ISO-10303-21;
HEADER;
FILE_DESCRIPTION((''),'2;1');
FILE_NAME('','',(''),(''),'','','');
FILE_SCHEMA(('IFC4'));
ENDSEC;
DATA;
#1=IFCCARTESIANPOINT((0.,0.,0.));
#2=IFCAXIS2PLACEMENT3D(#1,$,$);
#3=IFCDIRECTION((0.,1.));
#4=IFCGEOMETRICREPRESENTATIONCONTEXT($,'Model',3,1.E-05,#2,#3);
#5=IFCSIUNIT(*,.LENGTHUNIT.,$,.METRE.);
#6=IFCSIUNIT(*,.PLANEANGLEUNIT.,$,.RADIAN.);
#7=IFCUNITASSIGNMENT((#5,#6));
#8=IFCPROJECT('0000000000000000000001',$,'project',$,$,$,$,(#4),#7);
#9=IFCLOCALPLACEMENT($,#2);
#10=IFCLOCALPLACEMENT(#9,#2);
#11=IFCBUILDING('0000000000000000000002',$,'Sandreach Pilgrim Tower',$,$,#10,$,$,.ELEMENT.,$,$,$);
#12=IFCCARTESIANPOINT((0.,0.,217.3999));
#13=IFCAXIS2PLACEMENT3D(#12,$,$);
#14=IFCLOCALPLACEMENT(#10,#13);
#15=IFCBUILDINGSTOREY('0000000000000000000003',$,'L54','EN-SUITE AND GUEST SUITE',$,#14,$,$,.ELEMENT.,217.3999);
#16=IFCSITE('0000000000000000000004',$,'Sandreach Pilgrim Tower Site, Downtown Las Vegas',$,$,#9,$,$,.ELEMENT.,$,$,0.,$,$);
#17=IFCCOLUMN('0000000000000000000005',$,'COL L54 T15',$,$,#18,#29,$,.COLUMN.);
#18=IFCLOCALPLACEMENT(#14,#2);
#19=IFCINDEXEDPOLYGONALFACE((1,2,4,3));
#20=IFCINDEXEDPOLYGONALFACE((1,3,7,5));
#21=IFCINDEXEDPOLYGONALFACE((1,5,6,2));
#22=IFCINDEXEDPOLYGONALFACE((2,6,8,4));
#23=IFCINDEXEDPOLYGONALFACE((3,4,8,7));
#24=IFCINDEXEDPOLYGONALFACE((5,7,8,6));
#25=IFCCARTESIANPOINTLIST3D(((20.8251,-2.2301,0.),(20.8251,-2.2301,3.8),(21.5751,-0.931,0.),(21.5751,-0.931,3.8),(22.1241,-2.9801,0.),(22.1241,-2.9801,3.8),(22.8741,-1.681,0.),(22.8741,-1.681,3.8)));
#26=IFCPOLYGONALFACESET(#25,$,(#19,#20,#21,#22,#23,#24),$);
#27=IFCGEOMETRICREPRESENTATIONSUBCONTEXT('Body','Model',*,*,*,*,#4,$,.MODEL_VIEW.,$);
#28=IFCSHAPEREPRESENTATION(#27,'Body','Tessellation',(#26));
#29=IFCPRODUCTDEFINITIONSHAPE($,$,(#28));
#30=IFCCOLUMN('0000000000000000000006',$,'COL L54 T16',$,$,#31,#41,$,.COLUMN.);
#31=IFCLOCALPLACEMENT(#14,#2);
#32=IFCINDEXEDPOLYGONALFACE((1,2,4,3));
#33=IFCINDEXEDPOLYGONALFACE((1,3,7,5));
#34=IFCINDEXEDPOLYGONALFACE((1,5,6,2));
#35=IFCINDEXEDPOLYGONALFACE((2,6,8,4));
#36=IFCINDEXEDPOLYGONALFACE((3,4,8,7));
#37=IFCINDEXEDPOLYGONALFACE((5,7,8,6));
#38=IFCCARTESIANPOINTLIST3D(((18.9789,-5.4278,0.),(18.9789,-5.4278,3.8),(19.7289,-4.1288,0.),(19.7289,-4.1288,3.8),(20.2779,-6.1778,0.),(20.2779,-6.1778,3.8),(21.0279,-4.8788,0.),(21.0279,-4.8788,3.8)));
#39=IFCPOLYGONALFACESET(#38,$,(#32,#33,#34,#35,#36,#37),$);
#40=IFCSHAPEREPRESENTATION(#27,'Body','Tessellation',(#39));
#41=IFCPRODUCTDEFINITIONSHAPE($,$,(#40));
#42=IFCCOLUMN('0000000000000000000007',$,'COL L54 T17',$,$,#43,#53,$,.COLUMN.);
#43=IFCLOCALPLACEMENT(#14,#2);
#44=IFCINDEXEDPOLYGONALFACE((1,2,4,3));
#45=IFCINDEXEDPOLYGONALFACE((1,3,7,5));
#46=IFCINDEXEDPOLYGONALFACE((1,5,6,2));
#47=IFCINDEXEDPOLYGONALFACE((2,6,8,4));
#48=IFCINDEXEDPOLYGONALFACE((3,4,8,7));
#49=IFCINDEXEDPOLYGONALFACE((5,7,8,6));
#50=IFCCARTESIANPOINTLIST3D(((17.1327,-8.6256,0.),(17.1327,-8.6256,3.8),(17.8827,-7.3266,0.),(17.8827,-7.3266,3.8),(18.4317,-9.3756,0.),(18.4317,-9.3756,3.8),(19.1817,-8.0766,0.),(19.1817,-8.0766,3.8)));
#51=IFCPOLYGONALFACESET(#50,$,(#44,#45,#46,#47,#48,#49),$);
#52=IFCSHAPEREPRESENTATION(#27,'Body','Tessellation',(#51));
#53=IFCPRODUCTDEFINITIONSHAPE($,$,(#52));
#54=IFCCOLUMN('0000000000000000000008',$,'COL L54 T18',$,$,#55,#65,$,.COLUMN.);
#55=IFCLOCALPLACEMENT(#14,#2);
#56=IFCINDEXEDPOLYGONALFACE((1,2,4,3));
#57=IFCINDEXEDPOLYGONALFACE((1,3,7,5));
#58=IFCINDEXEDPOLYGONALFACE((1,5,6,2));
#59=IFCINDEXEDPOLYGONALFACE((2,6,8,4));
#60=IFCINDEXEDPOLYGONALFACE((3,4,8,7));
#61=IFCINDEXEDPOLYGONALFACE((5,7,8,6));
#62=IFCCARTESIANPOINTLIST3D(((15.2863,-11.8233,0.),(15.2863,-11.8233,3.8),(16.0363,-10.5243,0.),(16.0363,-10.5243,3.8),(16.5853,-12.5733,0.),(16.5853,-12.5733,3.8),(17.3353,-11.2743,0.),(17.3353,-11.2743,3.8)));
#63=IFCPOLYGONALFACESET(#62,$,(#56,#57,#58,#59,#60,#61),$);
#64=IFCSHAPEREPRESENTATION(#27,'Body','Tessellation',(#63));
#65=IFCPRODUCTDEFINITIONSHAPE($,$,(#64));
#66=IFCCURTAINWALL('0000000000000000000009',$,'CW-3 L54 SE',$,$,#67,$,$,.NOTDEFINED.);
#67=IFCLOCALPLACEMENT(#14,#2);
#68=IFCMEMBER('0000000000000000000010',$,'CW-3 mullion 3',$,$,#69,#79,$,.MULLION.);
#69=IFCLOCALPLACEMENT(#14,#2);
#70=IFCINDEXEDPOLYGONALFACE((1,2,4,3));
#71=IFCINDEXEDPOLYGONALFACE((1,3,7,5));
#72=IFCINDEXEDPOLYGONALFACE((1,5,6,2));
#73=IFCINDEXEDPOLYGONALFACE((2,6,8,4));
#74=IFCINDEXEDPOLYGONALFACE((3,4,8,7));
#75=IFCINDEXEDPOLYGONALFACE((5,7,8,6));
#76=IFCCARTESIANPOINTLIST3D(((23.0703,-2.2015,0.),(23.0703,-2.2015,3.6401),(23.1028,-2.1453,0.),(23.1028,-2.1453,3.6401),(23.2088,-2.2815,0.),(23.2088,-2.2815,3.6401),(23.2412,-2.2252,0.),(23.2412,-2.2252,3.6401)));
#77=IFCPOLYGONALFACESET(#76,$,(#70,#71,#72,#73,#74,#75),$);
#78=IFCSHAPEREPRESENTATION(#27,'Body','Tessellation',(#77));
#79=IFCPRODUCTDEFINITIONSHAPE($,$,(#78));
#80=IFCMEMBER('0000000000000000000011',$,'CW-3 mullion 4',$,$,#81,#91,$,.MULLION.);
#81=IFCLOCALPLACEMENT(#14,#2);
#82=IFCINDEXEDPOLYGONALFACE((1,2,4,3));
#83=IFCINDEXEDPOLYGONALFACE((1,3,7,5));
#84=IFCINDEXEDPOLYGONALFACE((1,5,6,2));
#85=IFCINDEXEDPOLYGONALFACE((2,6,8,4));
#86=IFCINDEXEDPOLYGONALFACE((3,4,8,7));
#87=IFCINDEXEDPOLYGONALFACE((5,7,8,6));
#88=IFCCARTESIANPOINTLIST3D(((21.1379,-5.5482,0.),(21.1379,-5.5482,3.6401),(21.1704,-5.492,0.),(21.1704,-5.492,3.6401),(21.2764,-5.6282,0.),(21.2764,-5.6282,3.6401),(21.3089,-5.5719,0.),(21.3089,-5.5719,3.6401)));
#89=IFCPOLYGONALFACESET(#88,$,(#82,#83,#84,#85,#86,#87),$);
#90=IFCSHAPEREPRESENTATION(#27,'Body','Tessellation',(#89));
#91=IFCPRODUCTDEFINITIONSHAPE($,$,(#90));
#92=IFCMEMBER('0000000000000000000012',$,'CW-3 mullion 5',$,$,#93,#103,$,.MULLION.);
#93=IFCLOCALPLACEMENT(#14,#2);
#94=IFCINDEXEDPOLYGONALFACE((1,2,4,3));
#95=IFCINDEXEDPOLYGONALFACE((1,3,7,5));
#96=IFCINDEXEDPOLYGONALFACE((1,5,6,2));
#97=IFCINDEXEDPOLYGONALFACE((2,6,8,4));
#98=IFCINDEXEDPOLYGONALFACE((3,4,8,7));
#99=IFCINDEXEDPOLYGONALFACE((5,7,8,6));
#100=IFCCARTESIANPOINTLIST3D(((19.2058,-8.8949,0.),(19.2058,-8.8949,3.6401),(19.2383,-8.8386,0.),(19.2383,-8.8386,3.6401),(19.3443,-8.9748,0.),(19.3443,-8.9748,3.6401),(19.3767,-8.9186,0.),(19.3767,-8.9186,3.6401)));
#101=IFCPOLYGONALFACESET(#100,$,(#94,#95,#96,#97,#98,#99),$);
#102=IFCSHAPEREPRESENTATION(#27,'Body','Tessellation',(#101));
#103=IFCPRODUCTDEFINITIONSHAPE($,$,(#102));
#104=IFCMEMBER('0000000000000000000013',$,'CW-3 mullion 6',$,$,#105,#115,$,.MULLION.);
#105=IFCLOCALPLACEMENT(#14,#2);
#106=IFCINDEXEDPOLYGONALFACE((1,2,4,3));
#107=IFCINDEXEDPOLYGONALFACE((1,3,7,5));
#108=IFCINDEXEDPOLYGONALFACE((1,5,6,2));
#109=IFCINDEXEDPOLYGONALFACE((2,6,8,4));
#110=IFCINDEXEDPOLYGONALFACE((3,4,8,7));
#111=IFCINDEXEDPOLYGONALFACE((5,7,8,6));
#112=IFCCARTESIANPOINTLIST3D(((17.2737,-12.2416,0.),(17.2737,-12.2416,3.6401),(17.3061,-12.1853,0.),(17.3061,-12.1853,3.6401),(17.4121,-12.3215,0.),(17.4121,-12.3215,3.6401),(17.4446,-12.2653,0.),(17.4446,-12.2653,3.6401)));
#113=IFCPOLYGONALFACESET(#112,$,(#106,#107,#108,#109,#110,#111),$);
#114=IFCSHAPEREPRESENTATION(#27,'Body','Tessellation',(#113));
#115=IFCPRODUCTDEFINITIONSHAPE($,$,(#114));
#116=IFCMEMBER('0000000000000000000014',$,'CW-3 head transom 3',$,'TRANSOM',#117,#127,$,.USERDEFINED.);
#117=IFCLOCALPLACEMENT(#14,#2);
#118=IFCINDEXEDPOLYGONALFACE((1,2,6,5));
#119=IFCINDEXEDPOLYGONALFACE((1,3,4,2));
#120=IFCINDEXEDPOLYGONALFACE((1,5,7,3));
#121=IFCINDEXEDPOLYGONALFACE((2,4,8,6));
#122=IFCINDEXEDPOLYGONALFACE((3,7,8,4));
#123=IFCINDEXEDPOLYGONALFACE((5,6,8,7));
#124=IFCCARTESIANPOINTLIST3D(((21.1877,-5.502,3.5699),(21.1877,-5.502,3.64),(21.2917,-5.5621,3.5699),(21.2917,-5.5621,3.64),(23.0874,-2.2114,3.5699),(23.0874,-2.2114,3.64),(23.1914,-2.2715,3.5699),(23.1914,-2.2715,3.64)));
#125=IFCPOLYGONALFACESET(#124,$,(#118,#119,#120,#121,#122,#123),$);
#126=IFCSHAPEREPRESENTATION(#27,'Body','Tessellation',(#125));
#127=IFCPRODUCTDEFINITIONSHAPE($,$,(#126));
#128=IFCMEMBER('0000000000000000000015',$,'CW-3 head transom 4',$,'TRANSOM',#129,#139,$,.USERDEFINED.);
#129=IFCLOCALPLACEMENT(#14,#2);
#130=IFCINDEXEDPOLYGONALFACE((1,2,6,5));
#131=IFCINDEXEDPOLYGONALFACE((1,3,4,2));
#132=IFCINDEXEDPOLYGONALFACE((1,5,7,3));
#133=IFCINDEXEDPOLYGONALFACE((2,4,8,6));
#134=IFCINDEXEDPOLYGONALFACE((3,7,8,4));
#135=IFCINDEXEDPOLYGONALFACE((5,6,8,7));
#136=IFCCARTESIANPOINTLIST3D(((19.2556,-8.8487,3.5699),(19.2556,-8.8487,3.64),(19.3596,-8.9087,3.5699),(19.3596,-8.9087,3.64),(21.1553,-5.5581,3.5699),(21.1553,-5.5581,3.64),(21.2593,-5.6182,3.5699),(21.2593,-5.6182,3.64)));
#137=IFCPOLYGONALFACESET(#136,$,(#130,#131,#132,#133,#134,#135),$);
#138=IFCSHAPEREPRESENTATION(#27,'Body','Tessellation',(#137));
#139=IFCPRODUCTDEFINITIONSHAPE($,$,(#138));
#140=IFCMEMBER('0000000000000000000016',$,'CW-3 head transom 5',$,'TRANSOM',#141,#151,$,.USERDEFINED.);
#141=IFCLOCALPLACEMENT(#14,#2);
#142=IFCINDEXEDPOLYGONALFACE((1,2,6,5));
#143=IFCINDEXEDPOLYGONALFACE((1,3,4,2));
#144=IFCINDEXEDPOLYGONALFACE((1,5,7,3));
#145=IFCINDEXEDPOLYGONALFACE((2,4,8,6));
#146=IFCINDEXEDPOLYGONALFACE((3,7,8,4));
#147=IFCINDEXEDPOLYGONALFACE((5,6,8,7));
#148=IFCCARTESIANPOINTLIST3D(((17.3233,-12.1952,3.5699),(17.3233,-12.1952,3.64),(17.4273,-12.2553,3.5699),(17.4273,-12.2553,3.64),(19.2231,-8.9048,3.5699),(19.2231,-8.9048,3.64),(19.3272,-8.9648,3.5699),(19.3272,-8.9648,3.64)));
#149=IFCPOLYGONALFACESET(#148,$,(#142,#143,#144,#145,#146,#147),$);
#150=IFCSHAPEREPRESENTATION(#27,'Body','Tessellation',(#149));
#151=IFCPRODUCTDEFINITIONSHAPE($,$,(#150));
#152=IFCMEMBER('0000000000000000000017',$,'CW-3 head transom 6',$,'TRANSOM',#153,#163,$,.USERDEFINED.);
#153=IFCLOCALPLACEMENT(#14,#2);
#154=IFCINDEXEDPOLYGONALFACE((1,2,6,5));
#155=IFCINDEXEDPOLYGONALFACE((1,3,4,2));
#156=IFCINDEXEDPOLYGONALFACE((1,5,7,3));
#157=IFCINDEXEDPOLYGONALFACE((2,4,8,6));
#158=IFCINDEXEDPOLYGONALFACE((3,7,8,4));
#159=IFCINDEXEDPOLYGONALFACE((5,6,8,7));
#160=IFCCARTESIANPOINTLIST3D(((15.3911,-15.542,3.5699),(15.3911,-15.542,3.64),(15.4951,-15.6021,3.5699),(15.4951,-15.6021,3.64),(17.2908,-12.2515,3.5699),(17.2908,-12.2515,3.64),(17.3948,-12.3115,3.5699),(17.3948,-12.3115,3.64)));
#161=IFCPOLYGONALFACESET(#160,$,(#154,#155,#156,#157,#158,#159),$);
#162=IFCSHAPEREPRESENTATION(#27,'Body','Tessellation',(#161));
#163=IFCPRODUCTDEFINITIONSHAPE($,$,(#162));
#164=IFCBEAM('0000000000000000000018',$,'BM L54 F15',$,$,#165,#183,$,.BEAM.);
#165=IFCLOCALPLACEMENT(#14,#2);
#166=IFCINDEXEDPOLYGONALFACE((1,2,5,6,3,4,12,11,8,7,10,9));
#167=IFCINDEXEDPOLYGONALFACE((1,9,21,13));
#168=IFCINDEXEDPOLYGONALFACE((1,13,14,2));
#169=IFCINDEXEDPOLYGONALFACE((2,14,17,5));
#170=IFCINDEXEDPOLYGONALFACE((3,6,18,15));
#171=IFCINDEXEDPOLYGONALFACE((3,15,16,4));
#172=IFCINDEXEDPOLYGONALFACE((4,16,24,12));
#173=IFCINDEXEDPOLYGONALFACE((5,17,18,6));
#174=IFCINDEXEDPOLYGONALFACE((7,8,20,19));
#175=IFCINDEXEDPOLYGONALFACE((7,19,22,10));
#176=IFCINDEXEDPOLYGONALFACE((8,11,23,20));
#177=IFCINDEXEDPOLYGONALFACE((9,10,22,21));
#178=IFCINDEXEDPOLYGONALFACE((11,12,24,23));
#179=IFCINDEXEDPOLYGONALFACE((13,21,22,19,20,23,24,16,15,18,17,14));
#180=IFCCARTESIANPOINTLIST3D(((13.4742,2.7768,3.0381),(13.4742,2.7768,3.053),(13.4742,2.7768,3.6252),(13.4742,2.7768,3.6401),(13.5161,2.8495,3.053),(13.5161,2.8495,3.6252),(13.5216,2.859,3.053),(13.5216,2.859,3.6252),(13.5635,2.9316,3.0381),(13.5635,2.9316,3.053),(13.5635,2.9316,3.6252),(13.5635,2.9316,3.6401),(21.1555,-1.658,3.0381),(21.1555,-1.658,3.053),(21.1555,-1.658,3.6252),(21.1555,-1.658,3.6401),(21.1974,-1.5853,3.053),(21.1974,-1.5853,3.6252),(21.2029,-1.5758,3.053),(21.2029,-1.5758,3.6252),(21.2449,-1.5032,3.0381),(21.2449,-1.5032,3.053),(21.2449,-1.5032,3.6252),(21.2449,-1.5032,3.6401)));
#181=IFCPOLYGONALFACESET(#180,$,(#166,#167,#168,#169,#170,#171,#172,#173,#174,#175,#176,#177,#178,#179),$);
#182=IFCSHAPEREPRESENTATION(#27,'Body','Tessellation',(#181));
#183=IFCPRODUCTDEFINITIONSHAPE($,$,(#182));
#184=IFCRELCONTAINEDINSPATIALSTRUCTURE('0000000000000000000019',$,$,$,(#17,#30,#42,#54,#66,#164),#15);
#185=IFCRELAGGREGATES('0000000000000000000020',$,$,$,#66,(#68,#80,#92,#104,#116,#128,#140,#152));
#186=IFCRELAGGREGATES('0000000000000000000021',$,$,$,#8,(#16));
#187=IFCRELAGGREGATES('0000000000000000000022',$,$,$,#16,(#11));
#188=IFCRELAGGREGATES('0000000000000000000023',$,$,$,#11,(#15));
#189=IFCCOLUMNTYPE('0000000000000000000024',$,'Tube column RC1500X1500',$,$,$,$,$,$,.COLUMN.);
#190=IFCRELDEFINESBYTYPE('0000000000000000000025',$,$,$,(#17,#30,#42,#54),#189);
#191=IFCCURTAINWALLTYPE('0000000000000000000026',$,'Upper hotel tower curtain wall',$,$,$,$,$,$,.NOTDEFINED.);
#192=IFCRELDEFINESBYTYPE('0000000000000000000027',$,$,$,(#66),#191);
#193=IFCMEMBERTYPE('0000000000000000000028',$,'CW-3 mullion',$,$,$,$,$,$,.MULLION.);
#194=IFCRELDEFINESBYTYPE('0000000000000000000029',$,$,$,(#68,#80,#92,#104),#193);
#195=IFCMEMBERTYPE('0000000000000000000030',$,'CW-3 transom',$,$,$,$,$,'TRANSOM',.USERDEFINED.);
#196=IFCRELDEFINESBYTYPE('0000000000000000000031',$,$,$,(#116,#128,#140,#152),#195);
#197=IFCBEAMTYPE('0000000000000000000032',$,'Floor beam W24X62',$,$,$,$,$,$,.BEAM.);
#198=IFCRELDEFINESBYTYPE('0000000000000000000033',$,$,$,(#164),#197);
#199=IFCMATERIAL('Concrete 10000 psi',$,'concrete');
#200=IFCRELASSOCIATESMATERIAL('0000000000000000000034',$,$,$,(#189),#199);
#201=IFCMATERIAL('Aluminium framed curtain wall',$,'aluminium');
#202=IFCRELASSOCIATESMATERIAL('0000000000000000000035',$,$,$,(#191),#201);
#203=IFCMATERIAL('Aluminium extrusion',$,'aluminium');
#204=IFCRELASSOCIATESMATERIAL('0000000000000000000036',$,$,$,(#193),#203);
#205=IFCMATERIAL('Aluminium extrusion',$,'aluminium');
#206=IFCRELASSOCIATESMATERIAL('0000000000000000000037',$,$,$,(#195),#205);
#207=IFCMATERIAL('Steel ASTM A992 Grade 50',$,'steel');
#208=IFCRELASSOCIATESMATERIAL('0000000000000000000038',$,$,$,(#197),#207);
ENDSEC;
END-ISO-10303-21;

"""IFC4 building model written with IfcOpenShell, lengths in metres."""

from ifc_helpers import new_model, si_unit, direction, frame, origin, origin_2d, place, context, subcontext, project, spatial, rectangle, i_section, extrude, material, material_profile, profile_set, type_object, element, aggregate, save


model = new_model("IFC4")

# Units and contexts
model_context = context("Model", 3, precision=1e-05, world=origin(), true_north=direction((0.0, 1.0)))
body_context = subcontext(model_context, "Body", "Model", "MODEL_VIEW")
ifc_project = project(units=[si_unit("LENGTHUNIT", "METRE"), si_unit("PLANEANGLEUNIT", "RADIAN")], contexts=[model_context])

# Site, building, storey
site_placement = place(None, origin())
site = spatial("IfcSite", under=ifc_project, at=site_placement, Name="Sandreach Pilgrim Tower Site, Downtown Las Vegas", CompositionType="ELEMENT", RefElevation=0.0)
building_placement = place(site_placement, origin())
building = spatial("IfcBuilding", under=site, at=building_placement, Name="Sandreach Pilgrim Tower", CompositionType="ELEMENT")
storey_placement = place(building_placement, frame((0.0, 0.0, 217.3999)))
storey = spatial("IfcBuildingStorey", under=building, at=storey_placement, Name="L54", Description="EN-SUITE AND GUEST SUITE", CompositionType="ELEMENT", Elevation=217.3999)

# Columns
ifc_material_1 = material(Name="Concrete 10000 psi", Category="concrete")
ifc_material_profile_1 = material_profile(ifc_material_1, rectangle(XDim=1.5, YDim=1.5, at=origin_2d()), Name="RC1500X1500")
ifc_profile_set_1 = profile_set([ifc_material_profile_1], Name="Concrete 10000 psi")
column_type = type_object("IfcColumnType", Name="Tube column RC1500X1500", PredefinedType="COLUMN", material=ifc_profile_set_1)
for number, where, z_axis, x_axis, name in (
    (1, (21.8496, -1.9556, 0.0), (0.0, 0.0, 1.0), (0.866025, -0.5, 0.0), "COL L54 T15"),
    (2, (20.0034, -5.1533, 0.0), (0.0, 0.0, 1.0), (0.866025, -0.5, 0.0), "COL L54 T16"),
    (3, (18.1572, -8.3511, 0.0), (0.0, 0.0, 1.0), (0.866025, -0.5, 0.0), "COL L54 T17"),
    (4, (16.3108, -11.5488, 0.0), (0.0, 0.0, 1.0), (0.866025, -0.5, 0.0), "COL L54 T18"),
):
    element("IfcColumn", number, at=place(storey_placement, frame(where, z_axis=z_axis, x_axis=x_axis)), inside=storey, type_object=column_type, Name=name, PredefinedType="COLUMN", context=body_context, shape_type="SweptSolid", body=[
        extrude(rectangle(XDim=1.5, YDim=1.5, at=origin_2d()), origin(), (0.0, 0.0, 1.0), 3.8),
    ])

# Curtain wall, members
ifc_material_2 = material(Name="Aluminium framed curtain wall", Category="aluminium")
curtain_wall_type = type_object("IfcCurtainWallType", Name="Upper hotel tower curtain wall", PredefinedType="NOTDEFINED", material=ifc_material_2)
curtain_wall_placement = place(storey_placement, origin())
curtain_wall = element("IfcCurtainWall", 5, at=curtain_wall_placement, inside=storey, type_object=curtain_wall_type, Name="CW-3 L54 SE", PredefinedType="NOTDEFINED")
ifc_material_3 = material(Name="Aluminium extrusion", Category="aluminium")
ifc_material_profile_2 = material_profile(ifc_material_3, rectangle(XDim=0.0649, YDim=0.1599, at=origin_2d()), Name="CW-3M 65X160")
ifc_profile_set_2 = profile_set([ifc_material_profile_2], Name="Aluminium extrusion")
member_type_1 = type_object("IfcMemberType", Name="CW-3 mullion", PredefinedType="MULLION", material=ifc_profile_set_2)
member_1_placement = place(storey_placement, frame((23.1558, -2.2134, 0.0), z_axis=(0.0, 0.0, 1.0), x_axis=(-0.5, -0.866025, 0.0)))
member_1 = element("IfcMember", 6, at=member_1_placement, type_object=member_type_1, Name="CW-3 mullion 3", PredefinedType="MULLION", context=body_context, shape_type="SweptSolid", body=[
    extrude(rectangle(XDim=0.0649, YDim=0.1599, at=origin_2d()), origin(), (0.0, 0.0, 1.0), 3.6401),
])
member_2_placement = place(storey_placement, frame((21.2234, -5.5601, 0.0), z_axis=(0.0, 0.0, 1.0), x_axis=(-0.5, -0.866025, 0.0)))
member_2 = element("IfcMember", 7, at=member_2_placement, type_object=member_type_1, Name="CW-3 mullion 4", PredefinedType="MULLION", context=body_context, shape_type="SweptSolid", body=[
    extrude(rectangle(XDim=0.0649, YDim=0.1599, at=origin_2d()), origin(), (0.0, 0.0, 1.0), 3.6401),
])
member_3_placement = place(storey_placement, frame((19.2913, -8.9067, 0.0), z_axis=(0.0, 0.0, 1.0), x_axis=(-0.5, -0.866025, 0.0)))
member_3 = element("IfcMember", 8, at=member_3_placement, type_object=member_type_1, Name="CW-3 mullion 5", PredefinedType="MULLION", context=body_context, shape_type="SweptSolid", body=[
    extrude(rectangle(XDim=0.0649, YDim=0.1599, at=origin_2d()), origin(), (0.0, 0.0, 1.0), 3.6401),
])
member_4_placement = place(storey_placement, frame((17.3591, -12.2534, 0.0), z_axis=(0.0, 0.0, 1.0), x_axis=(-0.5, -0.866025, 0.0)))
member_4 = element("IfcMember", 9, at=member_4_placement, type_object=member_type_1, Name="CW-3 mullion 6", PredefinedType="MULLION", context=body_context, shape_type="SweptSolid", body=[
    extrude(rectangle(XDim=0.0649, YDim=0.1599, at=origin_2d()), origin(), (0.0, 0.0, 1.0), 3.6401),
])
ifc_material_4 = material(Name="Aluminium extrusion", Category="aluminium")
ifc_material_profile_3 = material_profile(ifc_material_4, rectangle(XDim=0.1201, YDim=0.0701, at=origin_2d()), Name="CW-3T 120X70")
ifc_profile_set_3 = profile_set([ifc_material_profile_3], Name="Aluminium extrusion")
member_type_2 = type_object("IfcMemberType", Name="CW-3 transom", ElementType="TRANSOM", PredefinedType="USERDEFINED", material=ifc_profile_set_3)
member_5_placement = place(storey_placement, frame((23.1394, -2.2415, 3.605), z_axis=(-0.499975, -0.86604, 0.0), x_axis=(0.86604, -0.499975, 0.0)))
member_5 = element("IfcMember", 10, at=member_5_placement, type_object=member_type_2, Name="CW-3 head transom 3", ObjectType="TRANSOM", PredefinedType="USERDEFINED", context=body_context, shape_type="SweptSolid", body=[
    extrude(rectangle(XDim=0.1201, YDim=0.0701, at=origin_2d()), origin(), (0.0, 0.0, 1.0), 3.7996),
])
member_6_placement = place(storey_placement, frame((21.2073, -5.5881, 3.605), z_axis=(-0.499975, -0.86604, 0.0), x_axis=(0.86604, -0.499975, 0.0)))
member_6 = element("IfcMember", 11, at=member_6_placement, type_object=member_type_2, Name="CW-3 head transom 4", ObjectType="TRANSOM", PredefinedType="USERDEFINED", context=body_context, shape_type="SweptSolid", body=[
    extrude(rectangle(XDim=0.1201, YDim=0.0701, at=origin_2d()), origin(), (0.0, 0.0, 1.0), 3.7996),
])
member_7_placement = place(storey_placement, frame((19.2751, -8.9348, 3.605), z_axis=(-0.500023, -0.866012, 0.0), x_axis=(0.866012, -0.500023, 0.0)))
member_7 = element("IfcMember", 12, at=member_7_placement, type_object=member_type_2, Name="CW-3 head transom 5", ObjectType="TRANSOM", PredefinedType="USERDEFINED", context=body_context, shape_type="SweptSolid", body=[
    extrude(rectangle(XDim=0.1201, YDim=0.0701, at=origin_2d()), origin(), (0.0, 0.0, 1.0), 3.7996),
])
member_8_placement = place(storey_placement, frame((17.3428, -12.2815, 3.605), z_axis=(-0.499975, -0.86604, 0.0), x_axis=(0.86604, -0.499975, 0.0)))
member_8 = element("IfcMember", 13, at=member_8_placement, type_object=member_type_2, Name="CW-3 head transom 6", ObjectType="TRANSOM", PredefinedType="USERDEFINED", context=body_context, shape_type="SweptSolid", body=[
    extrude(rectangle(XDim=0.1201, YDim=0.0701, at=origin_2d()), origin(), (0.0, 0.0, 1.0), 3.7996),
])

# Beam
ifc_material_5 = material(Name="Steel ASTM A992 Grade 50", Category="steel")
ifc_material_profile_4 = material_profile(ifc_material_5, i_section(OverallWidth=0.1787, OverallDepth=0.6021, WebThickness=0.011, FlangeThickness=0.0149, at=origin_2d()), Name="W24X62")
ifc_profile_set_4 = profile_set([ifc_material_profile_4], Name="Steel ASTM A992 Grade 50")
beam_type_1 = type_object("IfcBeamType", Name="Floor beam W24X62", PredefinedType="BEAM", material=ifc_profile_set_4)
beam_1_placement = place(storey_placement, frame((21.2002, -1.5806, 3.3391), z_axis=(-0.866027, 0.499996, 0.0), x_axis=(-0.499996, -0.866027, 0.0)))
element("IfcBeam", 14, at=beam_1_placement, inside=storey, type_object=beam_type_1, Name="BM L54 F15", PredefinedType="BEAM", context=body_context, shape_type="SweptSolid", body=[
    extrude(i_section(OverallWidth=0.1787, OverallDepth=0.6021, WebThickness=0.011, FlangeThickness=0.0149, at=origin_2d()), origin(), (0.0, 0.0, 1.0), 8.8696),
])

aggregate(curtain_wall, [member_1, member_2, member_3, member_4, member_5, member_6, member_7, member_8])

save(model, "model.ifc")
